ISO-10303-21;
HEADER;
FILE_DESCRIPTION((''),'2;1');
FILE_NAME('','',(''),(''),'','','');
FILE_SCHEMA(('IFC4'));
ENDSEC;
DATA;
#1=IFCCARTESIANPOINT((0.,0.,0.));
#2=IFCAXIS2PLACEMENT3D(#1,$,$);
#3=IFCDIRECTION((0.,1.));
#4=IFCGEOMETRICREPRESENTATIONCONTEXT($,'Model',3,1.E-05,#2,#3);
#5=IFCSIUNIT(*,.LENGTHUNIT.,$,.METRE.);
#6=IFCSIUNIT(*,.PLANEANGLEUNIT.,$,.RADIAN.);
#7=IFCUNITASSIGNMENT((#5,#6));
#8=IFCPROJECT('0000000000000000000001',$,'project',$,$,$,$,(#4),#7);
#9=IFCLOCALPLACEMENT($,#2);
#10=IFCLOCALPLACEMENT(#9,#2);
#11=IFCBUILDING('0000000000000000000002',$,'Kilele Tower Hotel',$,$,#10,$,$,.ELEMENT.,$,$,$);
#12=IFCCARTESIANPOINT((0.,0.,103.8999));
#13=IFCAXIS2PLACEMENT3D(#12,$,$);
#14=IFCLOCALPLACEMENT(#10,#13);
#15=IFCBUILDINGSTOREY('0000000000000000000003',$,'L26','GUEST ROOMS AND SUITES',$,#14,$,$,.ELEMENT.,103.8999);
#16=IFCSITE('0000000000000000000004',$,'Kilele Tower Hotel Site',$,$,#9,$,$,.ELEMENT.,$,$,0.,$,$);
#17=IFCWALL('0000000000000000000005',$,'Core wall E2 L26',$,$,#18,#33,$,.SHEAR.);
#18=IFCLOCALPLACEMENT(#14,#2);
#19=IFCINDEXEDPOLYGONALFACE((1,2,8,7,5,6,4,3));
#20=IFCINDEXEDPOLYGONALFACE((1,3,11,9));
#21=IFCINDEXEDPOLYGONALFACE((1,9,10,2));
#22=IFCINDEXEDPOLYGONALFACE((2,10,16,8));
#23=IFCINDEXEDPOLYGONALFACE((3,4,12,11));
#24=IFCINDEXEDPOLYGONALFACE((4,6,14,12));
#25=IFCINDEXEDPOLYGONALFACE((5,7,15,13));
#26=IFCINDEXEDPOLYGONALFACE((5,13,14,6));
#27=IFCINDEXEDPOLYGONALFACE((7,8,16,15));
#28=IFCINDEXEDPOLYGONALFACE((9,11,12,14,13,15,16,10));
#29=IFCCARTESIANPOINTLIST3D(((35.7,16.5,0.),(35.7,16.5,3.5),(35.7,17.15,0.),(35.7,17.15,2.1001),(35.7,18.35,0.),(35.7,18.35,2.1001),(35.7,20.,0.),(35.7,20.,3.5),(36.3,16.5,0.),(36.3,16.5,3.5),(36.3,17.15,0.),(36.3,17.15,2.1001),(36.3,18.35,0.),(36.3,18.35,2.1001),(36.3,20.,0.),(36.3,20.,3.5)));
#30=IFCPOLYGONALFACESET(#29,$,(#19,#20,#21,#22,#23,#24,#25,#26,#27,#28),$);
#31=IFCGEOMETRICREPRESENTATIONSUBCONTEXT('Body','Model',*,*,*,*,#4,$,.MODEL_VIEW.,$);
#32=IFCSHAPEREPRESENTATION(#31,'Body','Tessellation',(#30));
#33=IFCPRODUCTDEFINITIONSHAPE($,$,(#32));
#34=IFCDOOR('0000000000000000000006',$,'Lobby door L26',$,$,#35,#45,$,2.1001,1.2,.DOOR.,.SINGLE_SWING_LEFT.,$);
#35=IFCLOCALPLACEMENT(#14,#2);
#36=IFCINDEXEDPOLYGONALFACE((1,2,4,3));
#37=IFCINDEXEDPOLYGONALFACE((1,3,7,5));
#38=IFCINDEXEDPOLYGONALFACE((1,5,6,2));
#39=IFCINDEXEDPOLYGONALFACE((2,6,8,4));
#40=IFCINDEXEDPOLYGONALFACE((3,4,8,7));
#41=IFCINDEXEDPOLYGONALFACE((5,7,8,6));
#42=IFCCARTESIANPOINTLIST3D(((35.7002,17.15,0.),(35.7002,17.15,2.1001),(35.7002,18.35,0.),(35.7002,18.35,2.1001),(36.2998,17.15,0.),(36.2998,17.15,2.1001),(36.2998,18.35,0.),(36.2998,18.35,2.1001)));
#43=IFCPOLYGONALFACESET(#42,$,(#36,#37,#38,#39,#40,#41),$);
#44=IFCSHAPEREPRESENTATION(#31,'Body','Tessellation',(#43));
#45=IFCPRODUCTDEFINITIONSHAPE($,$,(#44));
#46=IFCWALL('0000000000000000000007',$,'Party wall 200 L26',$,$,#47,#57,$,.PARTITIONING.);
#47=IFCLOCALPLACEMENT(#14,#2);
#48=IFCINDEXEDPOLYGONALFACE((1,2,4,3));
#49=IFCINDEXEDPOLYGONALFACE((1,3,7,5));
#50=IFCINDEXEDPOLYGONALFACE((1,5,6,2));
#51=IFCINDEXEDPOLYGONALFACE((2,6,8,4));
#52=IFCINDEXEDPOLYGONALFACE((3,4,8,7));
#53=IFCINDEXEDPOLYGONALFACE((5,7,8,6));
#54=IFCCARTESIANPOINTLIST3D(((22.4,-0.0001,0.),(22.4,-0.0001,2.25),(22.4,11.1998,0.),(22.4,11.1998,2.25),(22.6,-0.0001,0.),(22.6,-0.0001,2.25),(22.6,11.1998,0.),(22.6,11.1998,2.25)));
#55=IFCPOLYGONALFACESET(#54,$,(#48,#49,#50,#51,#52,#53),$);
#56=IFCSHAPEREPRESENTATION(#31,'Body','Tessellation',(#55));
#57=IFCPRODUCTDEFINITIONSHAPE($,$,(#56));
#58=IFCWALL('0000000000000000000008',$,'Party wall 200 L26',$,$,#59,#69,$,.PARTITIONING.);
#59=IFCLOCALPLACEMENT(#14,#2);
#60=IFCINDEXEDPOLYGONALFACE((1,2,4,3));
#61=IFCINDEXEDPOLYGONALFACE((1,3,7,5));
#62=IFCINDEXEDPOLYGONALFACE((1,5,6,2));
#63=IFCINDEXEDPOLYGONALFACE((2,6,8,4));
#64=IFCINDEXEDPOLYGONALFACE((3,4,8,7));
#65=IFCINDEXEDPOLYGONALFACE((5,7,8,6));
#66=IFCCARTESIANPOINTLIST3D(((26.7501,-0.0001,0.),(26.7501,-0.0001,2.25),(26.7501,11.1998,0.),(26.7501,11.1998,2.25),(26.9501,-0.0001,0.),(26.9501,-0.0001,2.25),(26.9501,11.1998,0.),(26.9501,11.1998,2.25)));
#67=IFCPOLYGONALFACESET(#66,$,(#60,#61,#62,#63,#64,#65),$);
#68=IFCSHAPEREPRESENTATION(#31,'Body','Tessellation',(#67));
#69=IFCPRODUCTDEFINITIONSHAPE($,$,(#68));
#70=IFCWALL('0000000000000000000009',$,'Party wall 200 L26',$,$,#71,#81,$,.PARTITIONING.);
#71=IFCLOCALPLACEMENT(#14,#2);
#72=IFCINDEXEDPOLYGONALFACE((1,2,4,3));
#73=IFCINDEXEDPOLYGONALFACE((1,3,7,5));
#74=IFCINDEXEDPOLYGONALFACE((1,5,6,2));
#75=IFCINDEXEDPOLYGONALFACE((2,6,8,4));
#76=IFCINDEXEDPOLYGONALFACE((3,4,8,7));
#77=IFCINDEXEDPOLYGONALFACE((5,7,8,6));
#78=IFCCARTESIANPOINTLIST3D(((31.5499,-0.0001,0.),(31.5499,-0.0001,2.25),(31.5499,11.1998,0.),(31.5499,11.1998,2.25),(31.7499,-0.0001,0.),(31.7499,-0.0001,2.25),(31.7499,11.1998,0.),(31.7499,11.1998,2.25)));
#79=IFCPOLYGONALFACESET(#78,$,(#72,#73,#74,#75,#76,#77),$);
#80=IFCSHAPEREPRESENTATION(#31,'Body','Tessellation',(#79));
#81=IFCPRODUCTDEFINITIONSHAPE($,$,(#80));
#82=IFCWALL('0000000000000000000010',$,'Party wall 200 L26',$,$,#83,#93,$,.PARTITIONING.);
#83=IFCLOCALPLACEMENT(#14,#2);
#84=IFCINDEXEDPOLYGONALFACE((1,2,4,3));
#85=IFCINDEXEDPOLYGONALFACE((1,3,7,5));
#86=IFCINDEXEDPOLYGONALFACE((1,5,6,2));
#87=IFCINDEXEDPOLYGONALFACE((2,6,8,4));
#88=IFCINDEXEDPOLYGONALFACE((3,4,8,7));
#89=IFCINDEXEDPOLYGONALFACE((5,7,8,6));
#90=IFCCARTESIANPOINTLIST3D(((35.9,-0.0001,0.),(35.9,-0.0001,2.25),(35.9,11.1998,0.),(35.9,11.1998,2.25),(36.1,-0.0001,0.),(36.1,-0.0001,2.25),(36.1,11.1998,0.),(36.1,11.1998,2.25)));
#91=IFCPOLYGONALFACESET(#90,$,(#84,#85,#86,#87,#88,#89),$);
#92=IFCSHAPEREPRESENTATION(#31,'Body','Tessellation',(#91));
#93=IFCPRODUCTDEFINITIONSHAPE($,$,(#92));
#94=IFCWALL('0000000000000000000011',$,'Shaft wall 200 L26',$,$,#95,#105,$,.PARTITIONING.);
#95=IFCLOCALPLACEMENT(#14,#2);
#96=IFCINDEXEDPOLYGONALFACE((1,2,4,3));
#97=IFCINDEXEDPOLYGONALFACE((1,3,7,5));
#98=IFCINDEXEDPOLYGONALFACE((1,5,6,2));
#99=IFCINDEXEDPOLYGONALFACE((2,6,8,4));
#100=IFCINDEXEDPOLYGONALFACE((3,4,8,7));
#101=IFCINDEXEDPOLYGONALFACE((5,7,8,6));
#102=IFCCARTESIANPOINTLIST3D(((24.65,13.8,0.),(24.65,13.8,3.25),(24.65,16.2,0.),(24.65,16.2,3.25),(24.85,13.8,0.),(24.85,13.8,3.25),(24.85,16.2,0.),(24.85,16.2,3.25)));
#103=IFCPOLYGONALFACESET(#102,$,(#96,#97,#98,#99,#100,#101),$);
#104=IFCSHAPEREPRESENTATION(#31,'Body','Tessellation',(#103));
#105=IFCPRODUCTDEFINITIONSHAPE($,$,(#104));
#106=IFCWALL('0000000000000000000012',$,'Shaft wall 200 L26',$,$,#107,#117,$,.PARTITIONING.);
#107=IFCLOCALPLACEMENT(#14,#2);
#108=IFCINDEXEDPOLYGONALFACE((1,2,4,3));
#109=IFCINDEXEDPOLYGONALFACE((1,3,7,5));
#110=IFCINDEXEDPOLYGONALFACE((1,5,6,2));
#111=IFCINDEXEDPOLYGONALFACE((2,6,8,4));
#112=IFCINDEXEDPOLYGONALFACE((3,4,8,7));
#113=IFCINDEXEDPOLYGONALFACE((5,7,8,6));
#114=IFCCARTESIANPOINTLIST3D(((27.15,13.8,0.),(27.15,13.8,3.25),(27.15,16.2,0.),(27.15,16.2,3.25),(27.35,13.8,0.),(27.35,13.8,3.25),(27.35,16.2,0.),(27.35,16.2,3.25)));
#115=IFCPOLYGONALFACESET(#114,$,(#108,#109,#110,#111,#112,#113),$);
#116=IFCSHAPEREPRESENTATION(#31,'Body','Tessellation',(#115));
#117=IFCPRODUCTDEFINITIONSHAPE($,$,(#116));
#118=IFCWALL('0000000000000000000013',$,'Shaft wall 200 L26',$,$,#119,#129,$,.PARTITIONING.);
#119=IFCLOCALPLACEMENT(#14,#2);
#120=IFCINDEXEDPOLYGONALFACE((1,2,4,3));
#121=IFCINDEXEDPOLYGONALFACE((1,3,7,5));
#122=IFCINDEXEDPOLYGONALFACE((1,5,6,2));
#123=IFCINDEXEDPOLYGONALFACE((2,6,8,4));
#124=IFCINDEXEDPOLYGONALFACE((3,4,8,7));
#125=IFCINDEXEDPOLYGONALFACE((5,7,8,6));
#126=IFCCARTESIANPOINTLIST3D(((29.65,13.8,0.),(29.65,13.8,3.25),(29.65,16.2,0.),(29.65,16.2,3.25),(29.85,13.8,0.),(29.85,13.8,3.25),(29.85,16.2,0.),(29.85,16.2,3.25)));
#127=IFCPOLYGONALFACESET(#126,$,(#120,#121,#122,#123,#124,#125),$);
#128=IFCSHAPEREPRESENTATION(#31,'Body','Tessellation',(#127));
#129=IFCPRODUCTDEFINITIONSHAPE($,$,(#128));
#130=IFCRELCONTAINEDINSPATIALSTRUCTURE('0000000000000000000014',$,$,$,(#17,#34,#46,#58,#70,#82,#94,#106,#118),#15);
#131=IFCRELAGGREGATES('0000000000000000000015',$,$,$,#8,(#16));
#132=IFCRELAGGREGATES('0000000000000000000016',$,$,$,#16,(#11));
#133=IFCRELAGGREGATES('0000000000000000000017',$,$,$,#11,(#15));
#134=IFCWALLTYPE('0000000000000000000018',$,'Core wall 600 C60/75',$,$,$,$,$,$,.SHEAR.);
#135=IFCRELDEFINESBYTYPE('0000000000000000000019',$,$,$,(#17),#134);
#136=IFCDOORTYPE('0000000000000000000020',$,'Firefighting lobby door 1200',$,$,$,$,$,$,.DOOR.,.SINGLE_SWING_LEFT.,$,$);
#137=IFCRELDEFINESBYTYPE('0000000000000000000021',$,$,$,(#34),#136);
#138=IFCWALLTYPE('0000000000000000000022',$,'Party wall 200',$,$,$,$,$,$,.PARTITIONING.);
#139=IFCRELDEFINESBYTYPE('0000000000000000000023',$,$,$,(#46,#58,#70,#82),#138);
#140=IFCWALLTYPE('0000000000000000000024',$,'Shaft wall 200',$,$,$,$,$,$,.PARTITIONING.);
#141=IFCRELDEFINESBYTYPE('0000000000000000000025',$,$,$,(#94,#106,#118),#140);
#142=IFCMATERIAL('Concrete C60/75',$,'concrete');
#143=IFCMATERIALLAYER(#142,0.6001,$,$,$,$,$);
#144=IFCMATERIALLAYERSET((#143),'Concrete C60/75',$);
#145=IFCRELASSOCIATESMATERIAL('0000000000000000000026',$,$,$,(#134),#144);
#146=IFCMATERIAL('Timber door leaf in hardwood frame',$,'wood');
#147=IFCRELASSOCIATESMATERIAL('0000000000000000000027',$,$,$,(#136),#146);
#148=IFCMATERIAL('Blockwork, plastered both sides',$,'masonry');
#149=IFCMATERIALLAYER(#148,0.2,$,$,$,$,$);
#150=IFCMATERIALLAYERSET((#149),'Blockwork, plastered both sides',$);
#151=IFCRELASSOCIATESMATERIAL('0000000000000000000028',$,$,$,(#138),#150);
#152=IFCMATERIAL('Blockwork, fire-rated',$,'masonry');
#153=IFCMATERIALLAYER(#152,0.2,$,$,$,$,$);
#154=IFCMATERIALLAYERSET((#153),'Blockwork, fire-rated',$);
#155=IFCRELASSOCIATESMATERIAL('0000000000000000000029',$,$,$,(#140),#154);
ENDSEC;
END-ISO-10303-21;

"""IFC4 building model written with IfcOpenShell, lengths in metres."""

from ifc_helpers import new_model, si_unit, direction, frame, frame_2d, origin, place, context, subcontext, project, spatial, rectangle, extrude, material, layer, layer_set, type_object, element, fill, save


model = new_model("IFC4")

# Units and contexts
model_context = context("Model", 3, precision=1e-05, world=origin(), true_north=direction((0.0, 1.0)))
body_context = subcontext(model_context, "Body", "Model", "MODEL_VIEW")
ifc_project = project(units=[si_unit("LENGTHUNIT", "METRE"), si_unit("PLANEANGLEUNIT", "RADIAN")], contexts=[model_context])

# Site, building, storey
site_placement = place(None, origin())
site = spatial("IfcSite", under=ifc_project, at=site_placement, Name="Kilele Tower Hotel Site", CompositionType="ELEMENT", RefElevation=0.0)
building_placement = place(site_placement, origin())
building = spatial("IfcBuilding", under=site, at=building_placement, Name="Kilele Tower Hotel", CompositionType="ELEMENT")
storey_placement = place(building_placement, frame((0.0, 0.0, 103.8999)))
storey = spatial("IfcBuildingStorey", under=building, at=storey_placement, Name="L26", Description="GUEST ROOMS AND SUITES", CompositionType="ELEMENT", Elevation=103.8999)

# Shared definitions
ifc_material_1 = material(Name="Concrete C60/75", Category="concrete")
ifc_layer_1 = layer(ifc_material_1, 0.6001)
ifc_layer_set_1 = layer_set([ifc_layer_1], Name="Concrete C60/75")
wall_type_1 = type_object("IfcWallType", Name="Core wall 600 C60/75", PredefinedType="SHEAR", material=ifc_layer_set_1)
ifc_material_2 = material(Name="Timber door leaf in hardwood frame", Category="wood")
door_type_1 = type_object("IfcDoorType", Name="Firefighting lobby door 1200", OperationType="SINGLE_SWING_LEFT", PredefinedType="DOOR", material=ifc_material_2)

# Wall, opening, door
wall_1_placement = place(storey_placement, frame((36.0, 16.5, 0.0), z_axis=(0.0, 0.0, 1.0), x_axis=(0.0, 1.0, 0.0)))
wall_1 = element("IfcWall", 1, at=wall_1_placement, inside=storey, type_object=wall_type_1, Name="Core wall E2 L26", PredefinedType="SHEAR", context=body_context, shape_type="SweptSolid", body=[
    extrude(rectangle(XDim=3.5, YDim=0.6001, at=frame_2d((1.75, 0.0))), origin(), (0.0, 0.0, 1.0), 3.5),
])
opening_1_placement = place(wall_1_placement, frame((0.6499, 0.0, 0.0)))
opening_1 = element("IfcOpeningElement", 2, at=opening_1_placement, cuts=wall_1, PredefinedType="OPENING", context=body_context, shape_type="SweptSolid", body=[
    extrude(rectangle(XDim=1.2, YDim=2.1001, at=frame_2d((0.6001, 1.05))), frame((0.0, 0.3101, 0.0), z_axis=(0.0, -1.0, 0.0), x_axis=(1.0, 0.0, 0.0)), (0.0, 0.0, 1.0), 0.6201),
])
door_1_placement = place(opening_1_placement, origin())
door_1 = element("IfcDoor", 3, at=door_1_placement, inside=storey, type_object=door_type_1, Name="Lobby door L26", OperationType="SINGLE_SWING_LEFT", OverallHeight=2.1001, OverallWidth=1.2, PredefinedType="DOOR", context=body_context, shape_type="SweptSolid", body=[
    extrude(rectangle(XDim=1.2, YDim=2.1001, at=frame_2d((0.6001, 1.05))), frame((0.0, 0.2998, 0.0), z_axis=(0.0, -1.0, 0.0), x_axis=(1.0, 0.0, 0.0)), (0.0, 0.0, 1.0), 0.5996),
])
fill(opening_1, door_1)

# Walls
ifc_material_3 = material(Name="Blockwork, plastered both sides", Category="masonry")
ifc_layer_2 = layer(ifc_material_3, 0.2)
ifc_layer_set_2 = layer_set([ifc_layer_2], Name="Blockwork, plastered both sides")
wall_type_2 = type_object("IfcWallType", Name="Party wall 200", PredefinedType="PARTITIONING", material=ifc_layer_set_2)
for number, where, z_axis, x_axis, name in (
    (4, (22.5, 11.2, 0.0), (0.0, 0.0, 1.0), (0.0, -1.0, 0.0), "Party wall 200 L26"),
    (5, (26.8501, 11.2, 0.0), (0.0, 0.0, 1.0), (0.0, -1.0, 0.0), "Party wall 200 L26"),
    (6, (31.6499, 11.2, 0.0), (0.0, 0.0, 1.0), (0.0, -1.0, 0.0), "Party wall 200 L26"),
    (7, (36.0, 11.2, 0.0), (0.0, 0.0, 1.0), (0.0, -1.0, 0.0), "Party wall 200 L26"),
):
    element("IfcWall", number, at=place(storey_placement, frame(where, z_axis=z_axis, x_axis=x_axis)), inside=storey, type_object=wall_type_2, Name=name, PredefinedType="PARTITIONING", context=body_context, shape_type="SweptSolid", body=[
        extrude(rectangle(XDim=11.2, YDim=0.2, at=frame_2d((5.6001, 0.0))), origin(), (0.0, 0.0, 1.0), 2.25),
    ])
ifc_material_4 = material(Name="Blockwork, fire-rated", Category="masonry")
ifc_layer_3 = layer(ifc_material_4, 0.2)
ifc_layer_set_3 = layer_set([ifc_layer_3], Name="Blockwork, fire-rated")
wall_type_3 = type_object("IfcWallType", Name="Shaft wall 200", PredefinedType="PARTITIONING", material=ifc_layer_set_3)
for number, where, z_axis, x_axis, name in (
    (8, (24.75, 13.8, 0.0), (0.0, 0.0, 1.0), (0.0, 1.0, 0.0), "Shaft wall 200 L26"),
    (9, (27.25, 13.8, 0.0), (0.0, 0.0, 1.0), (0.0, 1.0, 0.0), "Shaft wall 200 L26"),
    (10, (29.75, 13.8, 0.0), (0.0, 0.0, 1.0), (0.0, 1.0, 0.0), "Shaft wall 200 L26"),
):
    element("IfcWall", number, at=place(storey_placement, frame(where, z_axis=z_axis, x_axis=x_axis)), inside=storey, type_object=wall_type_3, Name=name, PredefinedType="PARTITIONING", context=body_context, shape_type="SweptSolid", body=[
        extrude(rectangle(XDim=2.3999, YDim=0.2, at=frame_2d((1.2, 0.0))), origin(), (0.0, 0.0, 1.0), 3.25),
    ])

save(model, "model.ifc")
